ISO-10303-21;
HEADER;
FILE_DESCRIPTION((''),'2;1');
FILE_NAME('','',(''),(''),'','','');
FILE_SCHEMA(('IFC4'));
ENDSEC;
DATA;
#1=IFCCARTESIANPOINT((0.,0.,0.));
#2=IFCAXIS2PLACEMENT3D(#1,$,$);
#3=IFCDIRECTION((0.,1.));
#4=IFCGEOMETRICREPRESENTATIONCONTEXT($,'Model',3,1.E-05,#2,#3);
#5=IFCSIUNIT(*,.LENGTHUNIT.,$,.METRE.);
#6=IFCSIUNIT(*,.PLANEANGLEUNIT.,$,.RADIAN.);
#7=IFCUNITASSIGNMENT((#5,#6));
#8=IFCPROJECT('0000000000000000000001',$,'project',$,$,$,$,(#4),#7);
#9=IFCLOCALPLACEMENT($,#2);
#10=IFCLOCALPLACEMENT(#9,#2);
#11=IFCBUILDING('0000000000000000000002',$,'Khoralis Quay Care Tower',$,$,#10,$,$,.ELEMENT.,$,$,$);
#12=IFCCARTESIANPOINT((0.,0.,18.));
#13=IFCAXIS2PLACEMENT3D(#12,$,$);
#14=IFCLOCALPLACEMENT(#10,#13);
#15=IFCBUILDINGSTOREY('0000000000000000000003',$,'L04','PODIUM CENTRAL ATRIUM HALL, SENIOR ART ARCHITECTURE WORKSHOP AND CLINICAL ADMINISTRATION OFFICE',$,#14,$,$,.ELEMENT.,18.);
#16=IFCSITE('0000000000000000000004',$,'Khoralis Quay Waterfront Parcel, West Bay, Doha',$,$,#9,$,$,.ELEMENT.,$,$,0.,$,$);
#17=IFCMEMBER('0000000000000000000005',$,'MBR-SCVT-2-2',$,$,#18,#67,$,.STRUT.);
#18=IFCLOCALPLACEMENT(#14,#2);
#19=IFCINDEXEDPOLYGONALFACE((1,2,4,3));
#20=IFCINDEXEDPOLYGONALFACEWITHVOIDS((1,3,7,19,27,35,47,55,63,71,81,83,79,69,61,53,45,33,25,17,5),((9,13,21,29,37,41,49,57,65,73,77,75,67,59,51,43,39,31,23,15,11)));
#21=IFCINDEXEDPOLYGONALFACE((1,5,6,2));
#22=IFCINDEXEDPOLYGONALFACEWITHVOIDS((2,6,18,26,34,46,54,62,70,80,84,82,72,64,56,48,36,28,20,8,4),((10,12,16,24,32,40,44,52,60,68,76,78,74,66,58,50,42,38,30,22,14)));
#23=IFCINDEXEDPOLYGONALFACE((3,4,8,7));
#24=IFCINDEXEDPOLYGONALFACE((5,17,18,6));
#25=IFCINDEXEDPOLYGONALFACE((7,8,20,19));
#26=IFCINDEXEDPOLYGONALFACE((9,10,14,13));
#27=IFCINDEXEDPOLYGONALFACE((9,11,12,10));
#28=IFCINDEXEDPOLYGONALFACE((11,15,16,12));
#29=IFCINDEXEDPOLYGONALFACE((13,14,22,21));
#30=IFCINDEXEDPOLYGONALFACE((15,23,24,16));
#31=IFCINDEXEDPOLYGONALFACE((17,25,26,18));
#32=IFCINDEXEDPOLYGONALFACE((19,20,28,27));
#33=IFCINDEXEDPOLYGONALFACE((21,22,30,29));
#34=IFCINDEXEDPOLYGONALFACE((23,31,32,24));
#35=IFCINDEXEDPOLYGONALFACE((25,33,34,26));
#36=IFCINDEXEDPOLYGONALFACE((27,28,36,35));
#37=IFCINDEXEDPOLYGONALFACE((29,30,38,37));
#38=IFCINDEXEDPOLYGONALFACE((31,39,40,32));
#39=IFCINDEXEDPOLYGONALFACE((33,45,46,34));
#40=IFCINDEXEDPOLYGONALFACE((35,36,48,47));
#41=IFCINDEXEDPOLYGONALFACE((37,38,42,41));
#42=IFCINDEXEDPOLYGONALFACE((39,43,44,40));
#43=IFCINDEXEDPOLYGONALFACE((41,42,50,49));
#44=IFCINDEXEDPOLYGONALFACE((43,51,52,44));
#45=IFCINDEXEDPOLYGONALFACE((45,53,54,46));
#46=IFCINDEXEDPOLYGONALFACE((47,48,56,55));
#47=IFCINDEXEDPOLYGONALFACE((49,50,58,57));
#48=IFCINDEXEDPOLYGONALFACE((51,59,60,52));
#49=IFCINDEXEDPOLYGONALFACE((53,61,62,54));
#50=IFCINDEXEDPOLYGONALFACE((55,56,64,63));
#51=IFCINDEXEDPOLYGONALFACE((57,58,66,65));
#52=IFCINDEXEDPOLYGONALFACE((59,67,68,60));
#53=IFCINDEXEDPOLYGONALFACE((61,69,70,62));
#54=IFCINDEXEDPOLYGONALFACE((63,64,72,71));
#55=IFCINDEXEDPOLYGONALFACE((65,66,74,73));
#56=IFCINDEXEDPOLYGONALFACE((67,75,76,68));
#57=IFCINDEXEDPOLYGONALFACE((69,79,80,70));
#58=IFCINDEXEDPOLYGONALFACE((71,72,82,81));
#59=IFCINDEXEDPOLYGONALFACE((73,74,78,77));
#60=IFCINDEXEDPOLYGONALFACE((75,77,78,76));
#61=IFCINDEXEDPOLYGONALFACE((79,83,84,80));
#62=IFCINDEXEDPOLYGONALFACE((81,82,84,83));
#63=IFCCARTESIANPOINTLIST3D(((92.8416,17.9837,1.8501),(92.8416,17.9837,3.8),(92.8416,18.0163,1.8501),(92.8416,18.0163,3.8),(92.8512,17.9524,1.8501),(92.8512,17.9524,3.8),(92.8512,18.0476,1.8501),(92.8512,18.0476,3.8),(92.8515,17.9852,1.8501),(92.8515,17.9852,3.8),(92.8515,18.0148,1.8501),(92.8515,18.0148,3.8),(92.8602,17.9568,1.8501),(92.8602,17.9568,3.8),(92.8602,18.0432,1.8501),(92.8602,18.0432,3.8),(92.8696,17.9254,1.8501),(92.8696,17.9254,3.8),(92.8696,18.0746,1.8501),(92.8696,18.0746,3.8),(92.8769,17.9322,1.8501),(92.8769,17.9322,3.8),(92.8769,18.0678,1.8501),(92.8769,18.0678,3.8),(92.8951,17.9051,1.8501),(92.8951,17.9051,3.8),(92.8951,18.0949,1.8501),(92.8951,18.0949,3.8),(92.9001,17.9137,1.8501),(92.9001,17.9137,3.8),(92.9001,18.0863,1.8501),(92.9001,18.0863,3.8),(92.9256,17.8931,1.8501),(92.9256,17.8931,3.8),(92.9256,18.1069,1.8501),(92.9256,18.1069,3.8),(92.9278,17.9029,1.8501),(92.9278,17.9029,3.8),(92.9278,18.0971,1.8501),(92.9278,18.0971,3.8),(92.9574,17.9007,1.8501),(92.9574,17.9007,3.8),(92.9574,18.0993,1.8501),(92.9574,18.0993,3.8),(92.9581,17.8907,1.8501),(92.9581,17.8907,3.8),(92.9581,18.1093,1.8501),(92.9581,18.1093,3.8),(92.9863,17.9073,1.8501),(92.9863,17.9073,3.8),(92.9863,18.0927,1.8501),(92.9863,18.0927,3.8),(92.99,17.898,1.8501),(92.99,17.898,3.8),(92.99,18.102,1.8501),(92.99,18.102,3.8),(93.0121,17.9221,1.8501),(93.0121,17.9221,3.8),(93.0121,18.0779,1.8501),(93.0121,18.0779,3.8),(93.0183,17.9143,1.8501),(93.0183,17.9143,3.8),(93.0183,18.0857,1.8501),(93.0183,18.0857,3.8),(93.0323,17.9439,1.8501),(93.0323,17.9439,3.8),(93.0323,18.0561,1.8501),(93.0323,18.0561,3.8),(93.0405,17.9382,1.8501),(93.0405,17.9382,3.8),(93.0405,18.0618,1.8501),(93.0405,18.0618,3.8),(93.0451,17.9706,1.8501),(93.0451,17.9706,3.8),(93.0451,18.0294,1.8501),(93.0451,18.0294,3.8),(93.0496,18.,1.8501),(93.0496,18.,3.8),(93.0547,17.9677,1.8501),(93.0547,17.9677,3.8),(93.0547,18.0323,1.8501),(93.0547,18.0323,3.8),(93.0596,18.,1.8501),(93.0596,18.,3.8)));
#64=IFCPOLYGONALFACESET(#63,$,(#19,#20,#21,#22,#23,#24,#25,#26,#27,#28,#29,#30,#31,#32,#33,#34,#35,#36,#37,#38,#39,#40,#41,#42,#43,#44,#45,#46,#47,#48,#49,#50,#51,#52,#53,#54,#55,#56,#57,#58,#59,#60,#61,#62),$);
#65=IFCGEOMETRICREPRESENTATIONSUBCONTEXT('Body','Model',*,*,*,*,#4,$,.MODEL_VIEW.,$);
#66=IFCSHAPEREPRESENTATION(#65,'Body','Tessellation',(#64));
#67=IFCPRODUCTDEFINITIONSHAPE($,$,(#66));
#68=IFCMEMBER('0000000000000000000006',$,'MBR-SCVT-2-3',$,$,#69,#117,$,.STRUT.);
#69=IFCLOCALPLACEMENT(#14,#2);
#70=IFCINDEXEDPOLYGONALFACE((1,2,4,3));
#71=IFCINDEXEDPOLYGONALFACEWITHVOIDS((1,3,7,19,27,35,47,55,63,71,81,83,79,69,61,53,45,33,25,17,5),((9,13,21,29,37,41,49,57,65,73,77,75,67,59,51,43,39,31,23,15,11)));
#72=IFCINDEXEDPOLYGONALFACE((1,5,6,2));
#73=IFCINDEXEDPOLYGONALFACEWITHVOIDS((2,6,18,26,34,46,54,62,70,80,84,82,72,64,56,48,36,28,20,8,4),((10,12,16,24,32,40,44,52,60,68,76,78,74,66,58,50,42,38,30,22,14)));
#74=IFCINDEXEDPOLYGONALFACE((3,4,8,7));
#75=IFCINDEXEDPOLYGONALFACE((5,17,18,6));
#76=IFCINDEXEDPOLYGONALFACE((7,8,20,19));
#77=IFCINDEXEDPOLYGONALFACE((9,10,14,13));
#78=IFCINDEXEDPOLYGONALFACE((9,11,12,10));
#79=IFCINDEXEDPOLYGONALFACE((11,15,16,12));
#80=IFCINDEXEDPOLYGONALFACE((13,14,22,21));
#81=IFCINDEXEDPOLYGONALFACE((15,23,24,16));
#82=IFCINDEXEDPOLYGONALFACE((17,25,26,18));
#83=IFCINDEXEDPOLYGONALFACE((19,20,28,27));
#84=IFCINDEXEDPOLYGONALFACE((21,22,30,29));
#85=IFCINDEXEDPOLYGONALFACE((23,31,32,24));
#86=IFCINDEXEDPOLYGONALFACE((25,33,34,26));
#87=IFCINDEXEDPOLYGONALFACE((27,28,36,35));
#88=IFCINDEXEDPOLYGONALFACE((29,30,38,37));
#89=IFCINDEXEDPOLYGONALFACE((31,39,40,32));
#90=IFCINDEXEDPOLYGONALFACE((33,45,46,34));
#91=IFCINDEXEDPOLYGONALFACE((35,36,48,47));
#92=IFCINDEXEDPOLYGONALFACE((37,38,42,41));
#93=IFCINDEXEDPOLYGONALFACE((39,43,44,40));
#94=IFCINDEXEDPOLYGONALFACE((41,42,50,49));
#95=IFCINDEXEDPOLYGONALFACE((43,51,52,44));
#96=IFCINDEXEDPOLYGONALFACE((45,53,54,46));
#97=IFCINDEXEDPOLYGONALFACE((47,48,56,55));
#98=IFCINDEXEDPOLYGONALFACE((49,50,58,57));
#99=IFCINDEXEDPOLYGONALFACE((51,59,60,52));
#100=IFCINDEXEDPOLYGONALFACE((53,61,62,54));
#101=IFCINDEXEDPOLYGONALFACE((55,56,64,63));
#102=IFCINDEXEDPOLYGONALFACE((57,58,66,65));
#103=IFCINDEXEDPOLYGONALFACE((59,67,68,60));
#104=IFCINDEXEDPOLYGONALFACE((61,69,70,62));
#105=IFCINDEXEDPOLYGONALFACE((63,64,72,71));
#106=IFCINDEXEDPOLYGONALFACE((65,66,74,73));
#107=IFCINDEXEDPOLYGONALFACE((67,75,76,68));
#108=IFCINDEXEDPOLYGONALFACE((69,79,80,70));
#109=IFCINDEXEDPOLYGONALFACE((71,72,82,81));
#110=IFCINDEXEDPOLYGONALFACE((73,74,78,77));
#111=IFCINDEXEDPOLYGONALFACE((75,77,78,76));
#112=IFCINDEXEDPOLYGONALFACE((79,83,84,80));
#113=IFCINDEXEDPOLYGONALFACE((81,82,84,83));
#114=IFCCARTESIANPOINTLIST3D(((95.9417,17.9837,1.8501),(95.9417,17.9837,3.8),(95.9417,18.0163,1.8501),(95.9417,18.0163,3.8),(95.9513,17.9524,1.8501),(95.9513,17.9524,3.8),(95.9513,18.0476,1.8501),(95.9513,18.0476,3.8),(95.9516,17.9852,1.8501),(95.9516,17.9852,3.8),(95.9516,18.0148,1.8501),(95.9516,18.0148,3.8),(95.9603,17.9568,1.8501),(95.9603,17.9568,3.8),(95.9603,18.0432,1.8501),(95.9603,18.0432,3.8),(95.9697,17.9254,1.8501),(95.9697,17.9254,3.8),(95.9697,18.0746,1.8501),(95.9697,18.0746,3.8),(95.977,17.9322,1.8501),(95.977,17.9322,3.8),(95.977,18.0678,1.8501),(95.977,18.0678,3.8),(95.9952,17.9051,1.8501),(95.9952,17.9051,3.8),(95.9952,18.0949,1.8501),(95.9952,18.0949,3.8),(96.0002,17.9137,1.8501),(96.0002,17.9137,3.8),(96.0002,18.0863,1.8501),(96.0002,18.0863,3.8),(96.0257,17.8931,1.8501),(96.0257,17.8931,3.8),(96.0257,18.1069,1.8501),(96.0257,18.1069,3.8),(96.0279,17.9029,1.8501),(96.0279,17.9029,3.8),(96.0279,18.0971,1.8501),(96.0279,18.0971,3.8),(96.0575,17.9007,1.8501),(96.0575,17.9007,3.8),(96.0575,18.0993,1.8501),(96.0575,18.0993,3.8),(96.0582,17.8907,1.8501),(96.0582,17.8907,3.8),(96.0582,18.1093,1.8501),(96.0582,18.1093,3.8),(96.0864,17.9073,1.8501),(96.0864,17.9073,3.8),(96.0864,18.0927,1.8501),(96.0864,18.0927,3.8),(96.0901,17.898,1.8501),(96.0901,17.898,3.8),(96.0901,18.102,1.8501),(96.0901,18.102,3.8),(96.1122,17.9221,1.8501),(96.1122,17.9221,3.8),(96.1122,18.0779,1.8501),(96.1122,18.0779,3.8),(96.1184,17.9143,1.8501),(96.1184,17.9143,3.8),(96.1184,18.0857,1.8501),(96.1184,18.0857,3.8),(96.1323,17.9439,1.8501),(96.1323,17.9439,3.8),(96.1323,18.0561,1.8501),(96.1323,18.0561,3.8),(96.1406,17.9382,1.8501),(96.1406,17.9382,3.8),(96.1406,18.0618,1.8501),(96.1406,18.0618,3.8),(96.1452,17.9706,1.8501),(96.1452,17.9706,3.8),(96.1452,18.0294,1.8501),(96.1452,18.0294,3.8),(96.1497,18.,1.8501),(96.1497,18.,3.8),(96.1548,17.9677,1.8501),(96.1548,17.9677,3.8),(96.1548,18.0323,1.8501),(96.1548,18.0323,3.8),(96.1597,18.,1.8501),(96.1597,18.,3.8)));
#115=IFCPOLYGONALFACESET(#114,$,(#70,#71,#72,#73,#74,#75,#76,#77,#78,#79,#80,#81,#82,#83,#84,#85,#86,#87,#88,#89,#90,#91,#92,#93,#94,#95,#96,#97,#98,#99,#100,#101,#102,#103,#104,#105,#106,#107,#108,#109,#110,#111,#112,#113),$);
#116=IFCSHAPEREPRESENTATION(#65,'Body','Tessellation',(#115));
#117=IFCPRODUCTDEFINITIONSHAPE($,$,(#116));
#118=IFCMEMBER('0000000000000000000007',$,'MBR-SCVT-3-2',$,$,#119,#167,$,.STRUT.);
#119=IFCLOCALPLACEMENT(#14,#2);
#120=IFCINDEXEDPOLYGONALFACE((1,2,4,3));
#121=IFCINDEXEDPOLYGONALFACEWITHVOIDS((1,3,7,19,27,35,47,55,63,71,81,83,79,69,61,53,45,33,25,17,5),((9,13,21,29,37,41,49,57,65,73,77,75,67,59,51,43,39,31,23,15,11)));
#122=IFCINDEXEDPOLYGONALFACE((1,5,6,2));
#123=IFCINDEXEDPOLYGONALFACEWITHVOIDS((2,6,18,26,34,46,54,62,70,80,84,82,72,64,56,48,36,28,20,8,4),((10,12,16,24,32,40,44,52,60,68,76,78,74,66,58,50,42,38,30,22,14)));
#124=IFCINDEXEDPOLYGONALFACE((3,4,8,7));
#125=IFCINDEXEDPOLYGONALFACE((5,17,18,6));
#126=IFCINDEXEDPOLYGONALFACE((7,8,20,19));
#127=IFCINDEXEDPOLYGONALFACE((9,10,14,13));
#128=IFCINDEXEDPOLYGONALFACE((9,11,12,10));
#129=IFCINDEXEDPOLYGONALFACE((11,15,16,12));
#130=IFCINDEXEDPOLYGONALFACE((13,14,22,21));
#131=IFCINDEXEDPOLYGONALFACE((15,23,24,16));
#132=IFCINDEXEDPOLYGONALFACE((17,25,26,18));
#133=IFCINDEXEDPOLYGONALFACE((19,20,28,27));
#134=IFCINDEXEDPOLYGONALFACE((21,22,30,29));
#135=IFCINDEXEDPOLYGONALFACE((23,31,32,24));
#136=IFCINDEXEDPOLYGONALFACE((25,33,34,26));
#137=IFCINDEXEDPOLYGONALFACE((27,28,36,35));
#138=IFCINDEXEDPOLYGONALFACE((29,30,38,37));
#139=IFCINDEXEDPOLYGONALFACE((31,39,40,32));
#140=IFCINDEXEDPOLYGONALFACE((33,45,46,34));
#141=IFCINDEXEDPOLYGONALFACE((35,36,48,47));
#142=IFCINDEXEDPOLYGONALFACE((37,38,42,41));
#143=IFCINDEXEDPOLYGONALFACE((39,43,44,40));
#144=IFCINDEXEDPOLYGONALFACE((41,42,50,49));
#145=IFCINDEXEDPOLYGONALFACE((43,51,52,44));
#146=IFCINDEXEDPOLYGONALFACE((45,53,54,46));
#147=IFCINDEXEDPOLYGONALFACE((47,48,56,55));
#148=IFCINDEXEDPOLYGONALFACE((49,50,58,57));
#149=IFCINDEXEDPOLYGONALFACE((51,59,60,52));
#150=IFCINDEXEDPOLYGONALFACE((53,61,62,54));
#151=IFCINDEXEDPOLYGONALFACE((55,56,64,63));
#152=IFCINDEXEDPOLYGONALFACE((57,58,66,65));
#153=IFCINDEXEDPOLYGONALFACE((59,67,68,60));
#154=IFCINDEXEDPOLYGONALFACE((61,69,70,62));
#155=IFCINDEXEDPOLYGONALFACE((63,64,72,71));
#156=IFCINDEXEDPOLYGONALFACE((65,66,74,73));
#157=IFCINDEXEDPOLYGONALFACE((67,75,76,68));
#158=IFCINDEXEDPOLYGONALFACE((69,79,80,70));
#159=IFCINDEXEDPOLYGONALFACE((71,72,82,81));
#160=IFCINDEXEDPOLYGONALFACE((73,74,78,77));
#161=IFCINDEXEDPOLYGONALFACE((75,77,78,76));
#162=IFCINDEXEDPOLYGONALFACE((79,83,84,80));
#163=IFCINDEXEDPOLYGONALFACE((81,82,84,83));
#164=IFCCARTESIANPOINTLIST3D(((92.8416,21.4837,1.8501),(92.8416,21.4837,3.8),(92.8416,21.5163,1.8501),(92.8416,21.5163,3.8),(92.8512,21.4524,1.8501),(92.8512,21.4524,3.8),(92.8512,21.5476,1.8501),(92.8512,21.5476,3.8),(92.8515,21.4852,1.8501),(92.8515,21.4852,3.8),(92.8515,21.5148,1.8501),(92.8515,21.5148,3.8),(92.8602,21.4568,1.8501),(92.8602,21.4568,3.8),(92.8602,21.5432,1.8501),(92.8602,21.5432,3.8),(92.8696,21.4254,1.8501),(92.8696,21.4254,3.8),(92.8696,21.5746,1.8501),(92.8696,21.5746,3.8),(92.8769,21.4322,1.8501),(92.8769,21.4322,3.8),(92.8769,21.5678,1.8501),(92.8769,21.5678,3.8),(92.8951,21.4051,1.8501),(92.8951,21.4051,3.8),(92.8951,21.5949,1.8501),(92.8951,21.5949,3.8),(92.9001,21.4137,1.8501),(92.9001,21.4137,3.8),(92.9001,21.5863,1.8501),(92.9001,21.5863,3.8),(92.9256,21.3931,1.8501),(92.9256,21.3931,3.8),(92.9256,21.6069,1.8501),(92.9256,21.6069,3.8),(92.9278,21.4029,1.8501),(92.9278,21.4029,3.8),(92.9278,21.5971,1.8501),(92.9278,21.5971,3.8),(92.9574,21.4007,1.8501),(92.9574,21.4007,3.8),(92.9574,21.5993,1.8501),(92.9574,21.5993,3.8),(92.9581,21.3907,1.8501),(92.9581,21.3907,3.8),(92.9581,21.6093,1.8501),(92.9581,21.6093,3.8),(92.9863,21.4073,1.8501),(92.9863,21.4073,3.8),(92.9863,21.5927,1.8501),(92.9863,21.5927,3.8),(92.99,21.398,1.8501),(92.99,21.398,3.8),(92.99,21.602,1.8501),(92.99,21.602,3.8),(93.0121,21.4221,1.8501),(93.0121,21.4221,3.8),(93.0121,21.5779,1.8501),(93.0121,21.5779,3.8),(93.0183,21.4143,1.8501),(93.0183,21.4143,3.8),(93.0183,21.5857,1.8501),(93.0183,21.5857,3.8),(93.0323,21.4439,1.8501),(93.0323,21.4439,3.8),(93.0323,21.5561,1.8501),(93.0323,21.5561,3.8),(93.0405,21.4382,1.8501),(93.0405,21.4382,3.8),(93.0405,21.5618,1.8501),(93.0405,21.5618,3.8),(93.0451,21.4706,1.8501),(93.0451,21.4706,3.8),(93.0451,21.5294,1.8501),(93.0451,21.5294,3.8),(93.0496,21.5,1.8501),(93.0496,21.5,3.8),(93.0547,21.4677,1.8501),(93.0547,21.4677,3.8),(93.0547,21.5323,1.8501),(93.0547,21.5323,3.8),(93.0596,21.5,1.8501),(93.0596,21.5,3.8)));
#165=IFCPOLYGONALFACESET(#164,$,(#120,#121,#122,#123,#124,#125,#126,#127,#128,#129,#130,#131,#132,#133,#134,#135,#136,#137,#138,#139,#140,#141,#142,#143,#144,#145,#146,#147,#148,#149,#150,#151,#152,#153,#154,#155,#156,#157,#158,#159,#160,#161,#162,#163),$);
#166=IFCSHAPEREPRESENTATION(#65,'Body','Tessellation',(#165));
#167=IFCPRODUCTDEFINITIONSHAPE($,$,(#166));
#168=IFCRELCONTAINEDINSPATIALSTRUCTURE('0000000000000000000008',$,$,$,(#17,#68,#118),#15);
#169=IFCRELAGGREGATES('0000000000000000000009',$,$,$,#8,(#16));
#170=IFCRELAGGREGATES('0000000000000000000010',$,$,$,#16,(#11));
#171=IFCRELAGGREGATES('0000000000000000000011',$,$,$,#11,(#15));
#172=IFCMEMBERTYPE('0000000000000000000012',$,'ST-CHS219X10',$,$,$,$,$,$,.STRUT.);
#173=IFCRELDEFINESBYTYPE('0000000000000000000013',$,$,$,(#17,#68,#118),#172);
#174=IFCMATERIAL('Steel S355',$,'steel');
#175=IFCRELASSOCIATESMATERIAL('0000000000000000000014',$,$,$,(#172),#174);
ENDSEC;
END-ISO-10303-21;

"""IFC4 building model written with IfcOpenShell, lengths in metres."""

from ifc_helpers import new_model, si_unit, direction, frame, origin, origin_2d, place, context, subcontext, project, spatial, hollow_circle, extrude, source, transform, mapped, material, material_profile, profile_set, type_object, element, save


model = new_model("IFC4")

# Units and contexts
model_context = context("Model", 3, precision=1e-05, world=origin(), true_north=direction((0.0, 1.0)))
body_context = subcontext(model_context, "Body", "Model", "MODEL_VIEW")
ifc_project = project(units=[si_unit("LENGTHUNIT", "METRE"), si_unit("PLANEANGLEUNIT", "RADIAN")], contexts=[model_context])

# Site, building, storey
site_placement = place(None, origin())
site = spatial("IfcSite", under=ifc_project, at=site_placement, Name="Khoralis Quay Waterfront Parcel, West Bay, Doha", CompositionType="ELEMENT", RefElevation=0.0)
building_placement = place(site_placement, origin())
building = spatial("IfcBuilding", under=site, at=building_placement, Name="Khoralis Quay Care Tower", CompositionType="ELEMENT")
storey_placement = place(building_placement, frame((0.0, 0.0, 18.0)))
storey = spatial("IfcBuildingStorey", under=building, at=storey_placement, Name="L04", Description="PODIUM CENTRAL ATRIUM HALL, SENIOR ART ARCHITECTURE WORKSHOP AND CLINICAL ADMINISTRATION OFFICE", CompositionType="ELEMENT", Elevation=18.0)

# Members
ifc_material = material(Name="Steel S355", Category="steel")
ifc_material_profile_1 = material_profile(ifc_material, hollow_circle(Radius=0.1096, WallThickness=0.01, at=origin_2d()), Name="Steel S355")
ifc_profile_set_1 = profile_set([ifc_material_profile_1], Name="Steel S355")
member_type_1 = type_object("IfcMemberType", Name="ST-CHS219X10", PredefinedType="STRUT", material=ifc_profile_set_1)
shared_shape_1 = source(origin(), body_context, "Body", "SweptSolid", [
    extrude(hollow_circle(Radius=0.1096, WallThickness=0.01, at=origin_2d()), origin(), (0.0, 0.0, 1.0), 1.95),
])
for number, where, z_axis, x_axis, name in (
    (1, (92.95, 18.0, 1.8501), (0.0, 0.0, 1.0), (1.0, 0.0, 0.0), "MBR-SCVT-2-2"),
    (2, (96.05, 18.0, 1.8501), (0.0, 0.0, 1.0), (1.0, 0.0, 0.0), "MBR-SCVT-2-3"),
    (3, (92.95, 21.5, 1.8501), (0.0, 0.0, 1.0), (1.0, 0.0, 0.0), "MBR-SCVT-3-2"),
):
    element("IfcMember", number, at=place(storey_placement, frame(where, z_axis=z_axis, x_axis=x_axis)), inside=storey, type_object=member_type_1, Name=name, PredefinedType="STRUT", context=body_context, shape_type="MappedRepresentation", body=[
        mapped(shared_shape_1, transform((0.0, 0.0, 0.0), scale=1.0)),
    ])

save(model, "model.ifc")
